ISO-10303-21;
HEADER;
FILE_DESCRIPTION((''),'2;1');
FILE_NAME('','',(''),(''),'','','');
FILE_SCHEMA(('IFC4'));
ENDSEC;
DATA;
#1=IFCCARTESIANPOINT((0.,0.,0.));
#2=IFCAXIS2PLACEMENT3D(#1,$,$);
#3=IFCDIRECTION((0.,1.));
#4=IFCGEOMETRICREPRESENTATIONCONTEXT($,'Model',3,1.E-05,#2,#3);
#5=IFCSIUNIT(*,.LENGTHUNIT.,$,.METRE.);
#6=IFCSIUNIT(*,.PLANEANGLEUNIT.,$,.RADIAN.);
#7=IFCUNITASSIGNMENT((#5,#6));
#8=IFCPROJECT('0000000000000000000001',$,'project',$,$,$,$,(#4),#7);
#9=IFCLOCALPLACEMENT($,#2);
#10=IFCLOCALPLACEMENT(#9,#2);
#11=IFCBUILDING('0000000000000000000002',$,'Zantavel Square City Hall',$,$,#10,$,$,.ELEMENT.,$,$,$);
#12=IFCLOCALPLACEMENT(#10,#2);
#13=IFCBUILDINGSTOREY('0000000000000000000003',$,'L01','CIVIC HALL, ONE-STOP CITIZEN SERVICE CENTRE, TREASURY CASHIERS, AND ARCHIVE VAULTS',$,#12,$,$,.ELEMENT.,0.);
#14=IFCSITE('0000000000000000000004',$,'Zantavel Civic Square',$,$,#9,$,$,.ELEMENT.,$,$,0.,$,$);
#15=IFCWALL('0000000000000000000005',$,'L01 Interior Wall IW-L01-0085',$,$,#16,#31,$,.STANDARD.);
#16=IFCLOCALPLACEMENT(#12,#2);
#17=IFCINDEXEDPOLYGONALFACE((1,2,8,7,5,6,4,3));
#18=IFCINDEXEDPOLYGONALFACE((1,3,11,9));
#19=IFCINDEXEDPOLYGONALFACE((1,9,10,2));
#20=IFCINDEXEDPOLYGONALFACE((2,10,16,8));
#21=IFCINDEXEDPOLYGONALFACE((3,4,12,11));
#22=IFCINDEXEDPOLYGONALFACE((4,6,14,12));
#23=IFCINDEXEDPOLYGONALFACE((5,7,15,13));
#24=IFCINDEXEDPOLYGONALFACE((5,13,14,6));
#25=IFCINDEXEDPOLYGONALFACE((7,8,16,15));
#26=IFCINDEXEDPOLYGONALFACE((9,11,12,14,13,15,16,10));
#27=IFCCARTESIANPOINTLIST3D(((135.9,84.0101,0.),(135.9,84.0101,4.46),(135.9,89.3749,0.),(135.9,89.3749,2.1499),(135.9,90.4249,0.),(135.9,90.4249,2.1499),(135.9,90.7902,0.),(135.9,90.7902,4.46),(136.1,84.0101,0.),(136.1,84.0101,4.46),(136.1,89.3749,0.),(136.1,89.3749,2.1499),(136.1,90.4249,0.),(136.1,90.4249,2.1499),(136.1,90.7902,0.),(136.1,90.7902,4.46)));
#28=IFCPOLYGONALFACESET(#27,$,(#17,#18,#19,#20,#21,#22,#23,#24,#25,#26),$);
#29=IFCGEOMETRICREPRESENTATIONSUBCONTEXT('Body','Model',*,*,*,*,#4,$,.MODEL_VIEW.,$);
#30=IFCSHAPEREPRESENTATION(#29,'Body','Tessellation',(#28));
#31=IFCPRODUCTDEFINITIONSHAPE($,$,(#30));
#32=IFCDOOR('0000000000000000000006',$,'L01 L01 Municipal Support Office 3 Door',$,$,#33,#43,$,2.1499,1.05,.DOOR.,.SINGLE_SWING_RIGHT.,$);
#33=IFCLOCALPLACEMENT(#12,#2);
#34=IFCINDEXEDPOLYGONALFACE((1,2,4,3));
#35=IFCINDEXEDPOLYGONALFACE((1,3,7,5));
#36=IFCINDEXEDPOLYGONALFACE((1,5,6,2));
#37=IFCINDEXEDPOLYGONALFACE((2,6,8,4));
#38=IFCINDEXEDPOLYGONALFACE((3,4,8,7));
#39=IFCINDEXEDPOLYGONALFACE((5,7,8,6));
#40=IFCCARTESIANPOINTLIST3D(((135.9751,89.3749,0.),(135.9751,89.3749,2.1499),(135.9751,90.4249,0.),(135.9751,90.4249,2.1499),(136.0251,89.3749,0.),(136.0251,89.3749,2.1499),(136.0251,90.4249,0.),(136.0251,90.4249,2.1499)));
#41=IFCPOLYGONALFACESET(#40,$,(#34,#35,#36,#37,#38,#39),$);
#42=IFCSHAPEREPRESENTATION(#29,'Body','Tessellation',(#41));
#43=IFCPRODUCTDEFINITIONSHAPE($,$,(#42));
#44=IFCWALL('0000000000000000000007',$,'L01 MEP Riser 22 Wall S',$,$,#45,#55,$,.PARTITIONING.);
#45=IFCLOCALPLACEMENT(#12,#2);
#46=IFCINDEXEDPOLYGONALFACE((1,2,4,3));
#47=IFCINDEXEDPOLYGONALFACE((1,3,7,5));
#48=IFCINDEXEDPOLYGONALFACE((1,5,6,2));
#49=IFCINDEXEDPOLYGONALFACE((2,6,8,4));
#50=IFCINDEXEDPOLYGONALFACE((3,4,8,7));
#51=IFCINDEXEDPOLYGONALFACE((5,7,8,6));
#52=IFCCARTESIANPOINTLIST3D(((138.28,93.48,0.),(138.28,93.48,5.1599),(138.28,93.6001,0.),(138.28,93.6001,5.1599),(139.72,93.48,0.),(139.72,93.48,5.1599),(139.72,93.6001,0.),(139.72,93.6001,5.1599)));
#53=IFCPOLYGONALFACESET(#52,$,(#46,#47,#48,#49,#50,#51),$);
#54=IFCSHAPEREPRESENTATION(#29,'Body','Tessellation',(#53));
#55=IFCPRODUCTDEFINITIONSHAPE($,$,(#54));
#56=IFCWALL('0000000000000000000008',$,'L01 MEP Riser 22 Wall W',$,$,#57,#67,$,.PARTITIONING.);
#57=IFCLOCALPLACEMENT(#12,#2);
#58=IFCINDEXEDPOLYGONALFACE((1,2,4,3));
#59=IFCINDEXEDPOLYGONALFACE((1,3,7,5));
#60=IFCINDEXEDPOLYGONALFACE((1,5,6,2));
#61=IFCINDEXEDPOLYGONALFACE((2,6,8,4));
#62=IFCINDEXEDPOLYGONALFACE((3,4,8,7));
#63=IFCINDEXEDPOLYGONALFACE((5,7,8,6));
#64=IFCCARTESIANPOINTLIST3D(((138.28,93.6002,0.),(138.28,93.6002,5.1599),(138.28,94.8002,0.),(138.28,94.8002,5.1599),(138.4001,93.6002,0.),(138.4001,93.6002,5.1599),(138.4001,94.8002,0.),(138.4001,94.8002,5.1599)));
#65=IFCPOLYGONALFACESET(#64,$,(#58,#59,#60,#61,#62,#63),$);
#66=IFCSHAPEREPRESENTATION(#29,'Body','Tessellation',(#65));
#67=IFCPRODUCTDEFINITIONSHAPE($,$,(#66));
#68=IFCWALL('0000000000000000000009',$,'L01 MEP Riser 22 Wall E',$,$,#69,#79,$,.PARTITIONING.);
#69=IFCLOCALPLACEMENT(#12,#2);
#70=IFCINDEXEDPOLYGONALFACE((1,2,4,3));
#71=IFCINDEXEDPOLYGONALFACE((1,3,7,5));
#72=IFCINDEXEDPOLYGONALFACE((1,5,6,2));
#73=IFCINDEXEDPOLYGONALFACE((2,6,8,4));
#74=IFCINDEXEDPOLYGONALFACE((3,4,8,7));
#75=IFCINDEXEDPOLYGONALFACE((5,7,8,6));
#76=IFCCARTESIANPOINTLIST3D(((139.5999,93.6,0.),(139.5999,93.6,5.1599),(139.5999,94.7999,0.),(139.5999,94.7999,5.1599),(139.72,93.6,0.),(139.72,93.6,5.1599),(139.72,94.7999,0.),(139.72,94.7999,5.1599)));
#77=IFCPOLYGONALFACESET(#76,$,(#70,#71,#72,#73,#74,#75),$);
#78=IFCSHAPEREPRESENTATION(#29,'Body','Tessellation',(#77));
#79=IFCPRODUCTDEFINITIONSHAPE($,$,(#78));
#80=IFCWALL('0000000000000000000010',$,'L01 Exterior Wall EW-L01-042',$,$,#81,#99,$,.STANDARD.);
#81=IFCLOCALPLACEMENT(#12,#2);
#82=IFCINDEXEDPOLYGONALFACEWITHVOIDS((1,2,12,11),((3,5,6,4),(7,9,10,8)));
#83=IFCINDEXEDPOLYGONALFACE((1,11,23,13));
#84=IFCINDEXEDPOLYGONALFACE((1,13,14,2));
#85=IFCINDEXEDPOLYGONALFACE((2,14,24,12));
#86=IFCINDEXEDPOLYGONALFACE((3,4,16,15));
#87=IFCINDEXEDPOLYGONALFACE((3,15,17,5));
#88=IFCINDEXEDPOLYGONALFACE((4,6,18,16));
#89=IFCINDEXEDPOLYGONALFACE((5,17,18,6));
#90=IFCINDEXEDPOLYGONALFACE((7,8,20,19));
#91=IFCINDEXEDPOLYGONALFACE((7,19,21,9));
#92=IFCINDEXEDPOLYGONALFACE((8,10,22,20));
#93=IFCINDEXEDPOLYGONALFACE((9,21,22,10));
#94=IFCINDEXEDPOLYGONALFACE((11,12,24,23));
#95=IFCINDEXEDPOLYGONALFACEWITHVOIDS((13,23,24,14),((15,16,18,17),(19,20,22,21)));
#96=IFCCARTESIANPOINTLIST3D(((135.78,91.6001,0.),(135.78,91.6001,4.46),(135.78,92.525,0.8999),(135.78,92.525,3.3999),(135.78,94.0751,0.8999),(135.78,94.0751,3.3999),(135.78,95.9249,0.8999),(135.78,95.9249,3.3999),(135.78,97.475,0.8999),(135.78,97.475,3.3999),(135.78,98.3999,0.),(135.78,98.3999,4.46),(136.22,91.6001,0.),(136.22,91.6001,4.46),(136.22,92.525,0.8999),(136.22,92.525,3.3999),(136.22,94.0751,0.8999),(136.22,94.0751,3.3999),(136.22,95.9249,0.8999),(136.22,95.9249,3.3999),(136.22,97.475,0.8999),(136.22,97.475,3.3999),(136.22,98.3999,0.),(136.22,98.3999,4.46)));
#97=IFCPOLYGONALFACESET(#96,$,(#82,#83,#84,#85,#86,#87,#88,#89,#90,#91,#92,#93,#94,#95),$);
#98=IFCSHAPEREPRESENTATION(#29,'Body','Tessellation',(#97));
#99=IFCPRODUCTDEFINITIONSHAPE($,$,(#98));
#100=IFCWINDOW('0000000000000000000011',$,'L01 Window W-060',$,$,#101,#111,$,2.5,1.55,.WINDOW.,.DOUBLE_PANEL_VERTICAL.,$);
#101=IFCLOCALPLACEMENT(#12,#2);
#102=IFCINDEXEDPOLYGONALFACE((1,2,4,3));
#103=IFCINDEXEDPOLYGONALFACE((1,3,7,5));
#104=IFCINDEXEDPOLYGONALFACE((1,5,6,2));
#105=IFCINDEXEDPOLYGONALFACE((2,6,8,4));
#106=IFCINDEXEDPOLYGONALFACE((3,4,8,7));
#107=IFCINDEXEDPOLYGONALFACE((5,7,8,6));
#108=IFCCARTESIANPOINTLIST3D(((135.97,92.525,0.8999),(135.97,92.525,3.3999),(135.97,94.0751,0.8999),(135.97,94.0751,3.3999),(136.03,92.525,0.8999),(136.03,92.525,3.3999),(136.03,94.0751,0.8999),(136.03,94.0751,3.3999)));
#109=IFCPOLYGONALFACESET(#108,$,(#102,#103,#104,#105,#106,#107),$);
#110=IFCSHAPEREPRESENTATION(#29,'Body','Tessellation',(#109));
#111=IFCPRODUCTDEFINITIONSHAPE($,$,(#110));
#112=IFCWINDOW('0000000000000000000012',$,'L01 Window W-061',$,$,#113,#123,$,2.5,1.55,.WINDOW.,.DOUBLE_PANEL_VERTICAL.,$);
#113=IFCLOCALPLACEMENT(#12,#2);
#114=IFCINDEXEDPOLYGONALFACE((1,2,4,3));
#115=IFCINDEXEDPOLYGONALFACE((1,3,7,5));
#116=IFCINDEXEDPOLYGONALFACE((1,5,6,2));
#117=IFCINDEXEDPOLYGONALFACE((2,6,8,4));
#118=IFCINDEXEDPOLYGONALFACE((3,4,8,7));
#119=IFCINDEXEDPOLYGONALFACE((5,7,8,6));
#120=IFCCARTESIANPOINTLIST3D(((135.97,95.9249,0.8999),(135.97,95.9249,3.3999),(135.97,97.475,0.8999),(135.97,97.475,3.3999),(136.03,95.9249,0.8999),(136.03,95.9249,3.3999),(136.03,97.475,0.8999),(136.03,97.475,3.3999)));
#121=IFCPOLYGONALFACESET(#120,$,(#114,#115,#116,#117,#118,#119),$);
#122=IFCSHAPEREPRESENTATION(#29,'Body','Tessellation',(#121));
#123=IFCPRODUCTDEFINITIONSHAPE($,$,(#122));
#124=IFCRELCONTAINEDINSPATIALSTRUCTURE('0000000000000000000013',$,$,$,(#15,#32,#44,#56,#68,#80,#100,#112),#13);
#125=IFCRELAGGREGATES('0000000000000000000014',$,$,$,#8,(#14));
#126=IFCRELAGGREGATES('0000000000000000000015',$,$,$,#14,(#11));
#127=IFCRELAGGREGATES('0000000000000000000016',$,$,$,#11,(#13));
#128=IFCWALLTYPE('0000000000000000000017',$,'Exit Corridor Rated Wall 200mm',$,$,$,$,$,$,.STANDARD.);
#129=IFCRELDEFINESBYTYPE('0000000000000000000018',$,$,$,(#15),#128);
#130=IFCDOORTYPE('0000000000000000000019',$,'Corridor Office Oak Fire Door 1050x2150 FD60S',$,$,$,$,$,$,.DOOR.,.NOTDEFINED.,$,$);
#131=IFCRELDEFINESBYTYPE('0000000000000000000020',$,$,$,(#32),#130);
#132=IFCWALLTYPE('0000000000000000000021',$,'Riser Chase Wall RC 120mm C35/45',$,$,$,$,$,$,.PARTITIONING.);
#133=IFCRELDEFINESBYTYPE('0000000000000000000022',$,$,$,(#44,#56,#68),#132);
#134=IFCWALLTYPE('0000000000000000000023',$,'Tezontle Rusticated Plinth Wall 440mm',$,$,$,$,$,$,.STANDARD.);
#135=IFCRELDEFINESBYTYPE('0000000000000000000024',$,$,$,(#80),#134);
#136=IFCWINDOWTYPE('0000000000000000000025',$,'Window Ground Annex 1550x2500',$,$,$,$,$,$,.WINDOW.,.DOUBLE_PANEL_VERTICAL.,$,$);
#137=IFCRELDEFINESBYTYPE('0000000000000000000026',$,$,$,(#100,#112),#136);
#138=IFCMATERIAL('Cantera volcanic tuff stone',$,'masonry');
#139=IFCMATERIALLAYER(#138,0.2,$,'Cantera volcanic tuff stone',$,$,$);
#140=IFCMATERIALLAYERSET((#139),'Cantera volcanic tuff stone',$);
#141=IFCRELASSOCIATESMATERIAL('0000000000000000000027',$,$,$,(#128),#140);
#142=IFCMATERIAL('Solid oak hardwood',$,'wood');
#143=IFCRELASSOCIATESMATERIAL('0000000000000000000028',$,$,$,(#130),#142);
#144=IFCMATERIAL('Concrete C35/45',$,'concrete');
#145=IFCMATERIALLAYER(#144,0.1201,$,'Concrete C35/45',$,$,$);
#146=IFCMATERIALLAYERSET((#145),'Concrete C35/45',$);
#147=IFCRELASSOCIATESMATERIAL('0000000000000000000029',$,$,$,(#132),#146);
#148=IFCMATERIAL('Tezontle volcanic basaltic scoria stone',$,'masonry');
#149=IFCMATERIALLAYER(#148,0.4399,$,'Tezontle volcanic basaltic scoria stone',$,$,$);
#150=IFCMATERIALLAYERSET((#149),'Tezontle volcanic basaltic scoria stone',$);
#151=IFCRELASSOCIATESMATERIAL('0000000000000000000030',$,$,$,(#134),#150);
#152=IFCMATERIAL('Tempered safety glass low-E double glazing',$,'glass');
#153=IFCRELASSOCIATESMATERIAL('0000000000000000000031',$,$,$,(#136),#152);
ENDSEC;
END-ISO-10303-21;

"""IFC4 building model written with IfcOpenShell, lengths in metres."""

from ifc_helpers import new_model, si_unit, direction, frame, frame_2d, origin, place, context, subcontext, project, spatial, rectangle, extrude, material, layer, layer_set, type_object, element, fill, save


model = new_model("IFC4")

# Units and contexts
model_context = context("Model", 3, precision=1e-05, world=origin(), true_north=direction((0.0, 1.0)))
body_context = subcontext(model_context, "Body", "Model", "MODEL_VIEW")
ifc_project = project(units=[si_unit("LENGTHUNIT", "METRE"), si_unit("PLANEANGLEUNIT", "RADIAN")], contexts=[model_context])

# Site, building, storey
site_placement = place(None, origin())
site = spatial("IfcSite", under=ifc_project, at=site_placement, Name="Zantavel Civic Square", CompositionType="ELEMENT", RefElevation=0.0)
building_placement = place(site_placement, origin())
building = spatial("IfcBuilding", under=site, at=building_placement, Name="Zantavel Square City Hall", CompositionType="ELEMENT")
storey_placement = place(building_placement, origin())
storey = spatial("IfcBuildingStorey", under=building, at=storey_placement, Name="L01", Description="CIVIC HALL, ONE-STOP CITIZEN SERVICE CENTRE, TREASURY CASHIERS, AND ARCHIVE VAULTS", CompositionType="ELEMENT", Elevation=0.0)

# Shared definitions
ifc_material_1 = material(Name="Concrete C35/45", Category="concrete")

# Shared definitions
ifc_material_2 = material(Name="Cantera volcanic tuff stone", Category="masonry")
ifc_layer_1 = layer(ifc_material_2, 0.2, Name="Cantera volcanic tuff stone")
ifc_layer_set_1 = layer_set([ifc_layer_1], Name="Cantera volcanic tuff stone")
wall_type_1 = type_object("IfcWallType", Name="Exit Corridor Rated Wall 200mm", PredefinedType="STANDARD", material=ifc_layer_set_1)

# Wall, opening, door
wall_1_placement = place(storey_placement, frame((136.0, 84.01, 0.0), z_axis=(0.0, 0.0, 1.0), x_axis=(0.0, 1.0, 0.0)))
wall_1 = element("IfcWall", 1, at=wall_1_placement, inside=storey, type_object=wall_type_1, Name="L01 Interior Wall IW-L01-0085", PredefinedType="STANDARD", context=body_context, shape_type="SweptSolid", body=[
    extrude(rectangle(XDim=6.78, YDim=0.2, at=frame_2d((3.3901, 0.0))), origin(), (0.0, 0.0, 1.0), 4.46),
])
opening_1_placement = place(wall_1_placement, frame((5.365, 0.0, 0.0)))
opening_1 = element("IfcOpeningElement", 2, at=opening_1_placement, cuts=wall_1, PredefinedType="OPENING", context=body_context, shape_type="SweptSolid", body=[
    extrude(rectangle(XDim=1.05, YDim=2.1499, at=frame_2d((0.5249, 1.075))), frame((0.0, 0.1099, 0.0), z_axis=(0.0, -1.0, 0.0), x_axis=(1.0, 0.0, 0.0)), (0.0, 0.0, 1.0), 0.22),
])
ifc_material_3 = material(Name="Solid oak hardwood", Category="wood")
door_type_1 = type_object("IfcDoorType", Name="Corridor Office Oak Fire Door 1050x2150 FD60S", OperationType="NOTDEFINED", PredefinedType="DOOR", material=ifc_material_3)
door_1_placement = place(opening_1_placement, origin())
door_1 = element("IfcDoor", 3, at=door_1_placement, inside=storey, type_object=door_type_1, Name="L01 L01 Municipal Support Office 3 Door", OperationType="SINGLE_SWING_RIGHT", OverallHeight=2.1499, OverallWidth=1.05, PredefinedType="DOOR", context=body_context, shape_type="SweptSolid", body=[
    extrude(rectangle(XDim=1.05, YDim=2.1499, at=frame_2d((0.5249, 1.075))), frame((0.0, 0.0249, 0.0), z_axis=(0.0, -1.0, 0.0), x_axis=(1.0, 0.0, 0.0)), (0.0, 0.0, 1.0), 0.05),
])
fill(opening_1, door_1)

# Walls
ifc_layer_2 = layer(ifc_material_1, 0.1201, Name="Concrete C35/45")
ifc_layer_set_2 = layer_set([ifc_layer_2], Name="Concrete C35/45")
wall_type_2 = type_object("IfcWallType", Name="Riser Chase Wall RC 120mm C35/45", PredefinedType="PARTITIONING", material=ifc_layer_set_2)
wall_2_placement = place(storey_placement, frame((139.72, 93.54, 0.0), z_axis=(0.0, 0.0, 1.0), x_axis=(-1.0, 0.0, 0.0)))
element("IfcWall", 4, at=wall_2_placement, inside=storey, type_object=wall_type_2, Name="L01 MEP Riser 22 Wall S", PredefinedType="PARTITIONING", context=body_context, shape_type="SweptSolid", body=[
    extrude(rectangle(XDim=1.4399, YDim=0.1201, at=frame_2d((0.72, 0.0))), origin(), (0.0, 0.0, 1.0), 5.1599),
])
for number, where, z_axis, x_axis, name in (
    (5, (138.3401, 93.6001, 0.0), (0.0, 0.0, 1.0), (0.0, 1.0, 0.0), "L01 MEP Riser 22 Wall W"),
    (6, (139.6599, 94.8, 0.0), (0.0, 0.0, 1.0), (0.0, -1.0, 0.0), "L01 MEP Riser 22 Wall E"),
):
    element("IfcWall", number, at=place(storey_placement, frame(where, z_axis=z_axis, x_axis=x_axis)), inside=storey, type_object=wall_type_2, Name=name, PredefinedType="PARTITIONING", context=body_context, shape_type="SweptSolid", body=[
        extrude(rectangle(XDim=1.2, YDim=0.1201, at=frame_2d((0.6001, 0.0))), origin(), (0.0, 0.0, 1.0), 5.1599),
    ])

# Shared definitions
ifc_material_4 = material(Name="Tezontle volcanic basaltic scoria stone", Category="masonry")
ifc_layer_3 = layer(ifc_material_4, 0.4399, Name="Tezontle volcanic basaltic scoria stone")
ifc_layer_set_3 = layer_set([ifc_layer_3], Name="Tezontle volcanic basaltic scoria stone")
wall_type_3 = type_object("IfcWallType", Name="Tezontle Rusticated Plinth Wall 440mm", PredefinedType="STANDARD", material=ifc_layer_set_3)

# Wall, openings, windows
wall_3_placement = place(storey_placement, frame((136.0, 91.6001, 0.0), z_axis=(0.0, 0.0, 1.0), x_axis=(0.0, 1.0, 0.0)))
wall_3 = element("IfcWall", 7, at=wall_3_placement, inside=storey, type_object=wall_type_3, Name="L01 Exterior Wall EW-L01-042", PredefinedType="STANDARD", context=body_context, shape_type="SweptSolid", body=[
    extrude(rectangle(XDim=6.7998, YDim=0.4399, at=frame_2d((3.3999, 0.0))), origin(), (0.0, 0.0, 1.0), 4.46),
])
opening_2_placement = place(wall_3_placement, frame((0.925, 0.0, 0.8999)))
opening_2 = element("IfcOpeningElement", 8, at=opening_2_placement, cuts=wall_3, PredefinedType="OPENING", context=body_context, shape_type="SweptSolid", body=[
    extrude(rectangle(XDim=1.55, YDim=2.5, at=frame_2d((0.7749, 1.25))), frame((0.0, 0.23, 0.0), z_axis=(0.0, -1.0, 0.0), x_axis=(1.0, 0.0, 0.0)), (0.0, 0.0, 1.0), 0.46),
])
opening_3_placement = place(wall_3_placement, frame((4.325, 0.0, 0.8999)))
opening_3 = element("IfcOpeningElement", 9, at=opening_3_placement, cuts=wall_3, PredefinedType="OPENING", context=body_context, shape_type="SweptSolid", body=[
    extrude(rectangle(XDim=1.55, YDim=2.5, at=frame_2d((0.7749, 1.25))), frame((0.0, 0.23, 0.0), z_axis=(0.0, -1.0, 0.0), x_axis=(1.0, 0.0, 0.0)), (0.0, 0.0, 1.0), 0.46),
])
ifc_material_5 = material(Name="Tempered safety glass low-E double glazing", Category="glass")
window_type = type_object("IfcWindowType", Name="Window Ground Annex 1550x2500", PartitioningType="DOUBLE_PANEL_VERTICAL", PredefinedType="WINDOW", material=ifc_material_5)
window_1_placement = place(opening_2_placement, origin())
window_1 = element("IfcWindow", 10, at=window_1_placement, inside=storey, type_object=window_type, Name="L01 Window W-060", OverallHeight=2.5, OverallWidth=1.55, PartitioningType="DOUBLE_PANEL_VERTICAL", PredefinedType="WINDOW", context=body_context, shape_type="SweptSolid", body=[
    extrude(rectangle(XDim=1.55, YDim=2.5, at=frame_2d((0.7749, 1.25))), frame((0.0, 0.03, 0.0), z_axis=(0.0, -1.0, 0.0), x_axis=(1.0, 0.0, 0.0)), (0.0, 0.0, 1.0), 0.0601),
])
fill(opening_2, window_1)
window_2_placement = place(opening_3_placement, origin())
window_2 = element("IfcWindow", 11, at=window_2_placement, inside=storey, type_object=window_type, Name="L01 Window W-061", OverallHeight=2.5, OverallWidth=1.55, PartitioningType="DOUBLE_PANEL_VERTICAL", PredefinedType="WINDOW", context=body_context, shape_type="SweptSolid", body=[
    extrude(rectangle(XDim=1.55, YDim=2.5, at=frame_2d((0.7749, 1.25))), frame((0.0, 0.03, 0.0), z_axis=(0.0, -1.0, 0.0), x_axis=(1.0, 0.0, 0.0)), (0.0, 0.0, 1.0), 0.0601),
])
fill(opening_3, window_2)

save(model, "model.ifc")
